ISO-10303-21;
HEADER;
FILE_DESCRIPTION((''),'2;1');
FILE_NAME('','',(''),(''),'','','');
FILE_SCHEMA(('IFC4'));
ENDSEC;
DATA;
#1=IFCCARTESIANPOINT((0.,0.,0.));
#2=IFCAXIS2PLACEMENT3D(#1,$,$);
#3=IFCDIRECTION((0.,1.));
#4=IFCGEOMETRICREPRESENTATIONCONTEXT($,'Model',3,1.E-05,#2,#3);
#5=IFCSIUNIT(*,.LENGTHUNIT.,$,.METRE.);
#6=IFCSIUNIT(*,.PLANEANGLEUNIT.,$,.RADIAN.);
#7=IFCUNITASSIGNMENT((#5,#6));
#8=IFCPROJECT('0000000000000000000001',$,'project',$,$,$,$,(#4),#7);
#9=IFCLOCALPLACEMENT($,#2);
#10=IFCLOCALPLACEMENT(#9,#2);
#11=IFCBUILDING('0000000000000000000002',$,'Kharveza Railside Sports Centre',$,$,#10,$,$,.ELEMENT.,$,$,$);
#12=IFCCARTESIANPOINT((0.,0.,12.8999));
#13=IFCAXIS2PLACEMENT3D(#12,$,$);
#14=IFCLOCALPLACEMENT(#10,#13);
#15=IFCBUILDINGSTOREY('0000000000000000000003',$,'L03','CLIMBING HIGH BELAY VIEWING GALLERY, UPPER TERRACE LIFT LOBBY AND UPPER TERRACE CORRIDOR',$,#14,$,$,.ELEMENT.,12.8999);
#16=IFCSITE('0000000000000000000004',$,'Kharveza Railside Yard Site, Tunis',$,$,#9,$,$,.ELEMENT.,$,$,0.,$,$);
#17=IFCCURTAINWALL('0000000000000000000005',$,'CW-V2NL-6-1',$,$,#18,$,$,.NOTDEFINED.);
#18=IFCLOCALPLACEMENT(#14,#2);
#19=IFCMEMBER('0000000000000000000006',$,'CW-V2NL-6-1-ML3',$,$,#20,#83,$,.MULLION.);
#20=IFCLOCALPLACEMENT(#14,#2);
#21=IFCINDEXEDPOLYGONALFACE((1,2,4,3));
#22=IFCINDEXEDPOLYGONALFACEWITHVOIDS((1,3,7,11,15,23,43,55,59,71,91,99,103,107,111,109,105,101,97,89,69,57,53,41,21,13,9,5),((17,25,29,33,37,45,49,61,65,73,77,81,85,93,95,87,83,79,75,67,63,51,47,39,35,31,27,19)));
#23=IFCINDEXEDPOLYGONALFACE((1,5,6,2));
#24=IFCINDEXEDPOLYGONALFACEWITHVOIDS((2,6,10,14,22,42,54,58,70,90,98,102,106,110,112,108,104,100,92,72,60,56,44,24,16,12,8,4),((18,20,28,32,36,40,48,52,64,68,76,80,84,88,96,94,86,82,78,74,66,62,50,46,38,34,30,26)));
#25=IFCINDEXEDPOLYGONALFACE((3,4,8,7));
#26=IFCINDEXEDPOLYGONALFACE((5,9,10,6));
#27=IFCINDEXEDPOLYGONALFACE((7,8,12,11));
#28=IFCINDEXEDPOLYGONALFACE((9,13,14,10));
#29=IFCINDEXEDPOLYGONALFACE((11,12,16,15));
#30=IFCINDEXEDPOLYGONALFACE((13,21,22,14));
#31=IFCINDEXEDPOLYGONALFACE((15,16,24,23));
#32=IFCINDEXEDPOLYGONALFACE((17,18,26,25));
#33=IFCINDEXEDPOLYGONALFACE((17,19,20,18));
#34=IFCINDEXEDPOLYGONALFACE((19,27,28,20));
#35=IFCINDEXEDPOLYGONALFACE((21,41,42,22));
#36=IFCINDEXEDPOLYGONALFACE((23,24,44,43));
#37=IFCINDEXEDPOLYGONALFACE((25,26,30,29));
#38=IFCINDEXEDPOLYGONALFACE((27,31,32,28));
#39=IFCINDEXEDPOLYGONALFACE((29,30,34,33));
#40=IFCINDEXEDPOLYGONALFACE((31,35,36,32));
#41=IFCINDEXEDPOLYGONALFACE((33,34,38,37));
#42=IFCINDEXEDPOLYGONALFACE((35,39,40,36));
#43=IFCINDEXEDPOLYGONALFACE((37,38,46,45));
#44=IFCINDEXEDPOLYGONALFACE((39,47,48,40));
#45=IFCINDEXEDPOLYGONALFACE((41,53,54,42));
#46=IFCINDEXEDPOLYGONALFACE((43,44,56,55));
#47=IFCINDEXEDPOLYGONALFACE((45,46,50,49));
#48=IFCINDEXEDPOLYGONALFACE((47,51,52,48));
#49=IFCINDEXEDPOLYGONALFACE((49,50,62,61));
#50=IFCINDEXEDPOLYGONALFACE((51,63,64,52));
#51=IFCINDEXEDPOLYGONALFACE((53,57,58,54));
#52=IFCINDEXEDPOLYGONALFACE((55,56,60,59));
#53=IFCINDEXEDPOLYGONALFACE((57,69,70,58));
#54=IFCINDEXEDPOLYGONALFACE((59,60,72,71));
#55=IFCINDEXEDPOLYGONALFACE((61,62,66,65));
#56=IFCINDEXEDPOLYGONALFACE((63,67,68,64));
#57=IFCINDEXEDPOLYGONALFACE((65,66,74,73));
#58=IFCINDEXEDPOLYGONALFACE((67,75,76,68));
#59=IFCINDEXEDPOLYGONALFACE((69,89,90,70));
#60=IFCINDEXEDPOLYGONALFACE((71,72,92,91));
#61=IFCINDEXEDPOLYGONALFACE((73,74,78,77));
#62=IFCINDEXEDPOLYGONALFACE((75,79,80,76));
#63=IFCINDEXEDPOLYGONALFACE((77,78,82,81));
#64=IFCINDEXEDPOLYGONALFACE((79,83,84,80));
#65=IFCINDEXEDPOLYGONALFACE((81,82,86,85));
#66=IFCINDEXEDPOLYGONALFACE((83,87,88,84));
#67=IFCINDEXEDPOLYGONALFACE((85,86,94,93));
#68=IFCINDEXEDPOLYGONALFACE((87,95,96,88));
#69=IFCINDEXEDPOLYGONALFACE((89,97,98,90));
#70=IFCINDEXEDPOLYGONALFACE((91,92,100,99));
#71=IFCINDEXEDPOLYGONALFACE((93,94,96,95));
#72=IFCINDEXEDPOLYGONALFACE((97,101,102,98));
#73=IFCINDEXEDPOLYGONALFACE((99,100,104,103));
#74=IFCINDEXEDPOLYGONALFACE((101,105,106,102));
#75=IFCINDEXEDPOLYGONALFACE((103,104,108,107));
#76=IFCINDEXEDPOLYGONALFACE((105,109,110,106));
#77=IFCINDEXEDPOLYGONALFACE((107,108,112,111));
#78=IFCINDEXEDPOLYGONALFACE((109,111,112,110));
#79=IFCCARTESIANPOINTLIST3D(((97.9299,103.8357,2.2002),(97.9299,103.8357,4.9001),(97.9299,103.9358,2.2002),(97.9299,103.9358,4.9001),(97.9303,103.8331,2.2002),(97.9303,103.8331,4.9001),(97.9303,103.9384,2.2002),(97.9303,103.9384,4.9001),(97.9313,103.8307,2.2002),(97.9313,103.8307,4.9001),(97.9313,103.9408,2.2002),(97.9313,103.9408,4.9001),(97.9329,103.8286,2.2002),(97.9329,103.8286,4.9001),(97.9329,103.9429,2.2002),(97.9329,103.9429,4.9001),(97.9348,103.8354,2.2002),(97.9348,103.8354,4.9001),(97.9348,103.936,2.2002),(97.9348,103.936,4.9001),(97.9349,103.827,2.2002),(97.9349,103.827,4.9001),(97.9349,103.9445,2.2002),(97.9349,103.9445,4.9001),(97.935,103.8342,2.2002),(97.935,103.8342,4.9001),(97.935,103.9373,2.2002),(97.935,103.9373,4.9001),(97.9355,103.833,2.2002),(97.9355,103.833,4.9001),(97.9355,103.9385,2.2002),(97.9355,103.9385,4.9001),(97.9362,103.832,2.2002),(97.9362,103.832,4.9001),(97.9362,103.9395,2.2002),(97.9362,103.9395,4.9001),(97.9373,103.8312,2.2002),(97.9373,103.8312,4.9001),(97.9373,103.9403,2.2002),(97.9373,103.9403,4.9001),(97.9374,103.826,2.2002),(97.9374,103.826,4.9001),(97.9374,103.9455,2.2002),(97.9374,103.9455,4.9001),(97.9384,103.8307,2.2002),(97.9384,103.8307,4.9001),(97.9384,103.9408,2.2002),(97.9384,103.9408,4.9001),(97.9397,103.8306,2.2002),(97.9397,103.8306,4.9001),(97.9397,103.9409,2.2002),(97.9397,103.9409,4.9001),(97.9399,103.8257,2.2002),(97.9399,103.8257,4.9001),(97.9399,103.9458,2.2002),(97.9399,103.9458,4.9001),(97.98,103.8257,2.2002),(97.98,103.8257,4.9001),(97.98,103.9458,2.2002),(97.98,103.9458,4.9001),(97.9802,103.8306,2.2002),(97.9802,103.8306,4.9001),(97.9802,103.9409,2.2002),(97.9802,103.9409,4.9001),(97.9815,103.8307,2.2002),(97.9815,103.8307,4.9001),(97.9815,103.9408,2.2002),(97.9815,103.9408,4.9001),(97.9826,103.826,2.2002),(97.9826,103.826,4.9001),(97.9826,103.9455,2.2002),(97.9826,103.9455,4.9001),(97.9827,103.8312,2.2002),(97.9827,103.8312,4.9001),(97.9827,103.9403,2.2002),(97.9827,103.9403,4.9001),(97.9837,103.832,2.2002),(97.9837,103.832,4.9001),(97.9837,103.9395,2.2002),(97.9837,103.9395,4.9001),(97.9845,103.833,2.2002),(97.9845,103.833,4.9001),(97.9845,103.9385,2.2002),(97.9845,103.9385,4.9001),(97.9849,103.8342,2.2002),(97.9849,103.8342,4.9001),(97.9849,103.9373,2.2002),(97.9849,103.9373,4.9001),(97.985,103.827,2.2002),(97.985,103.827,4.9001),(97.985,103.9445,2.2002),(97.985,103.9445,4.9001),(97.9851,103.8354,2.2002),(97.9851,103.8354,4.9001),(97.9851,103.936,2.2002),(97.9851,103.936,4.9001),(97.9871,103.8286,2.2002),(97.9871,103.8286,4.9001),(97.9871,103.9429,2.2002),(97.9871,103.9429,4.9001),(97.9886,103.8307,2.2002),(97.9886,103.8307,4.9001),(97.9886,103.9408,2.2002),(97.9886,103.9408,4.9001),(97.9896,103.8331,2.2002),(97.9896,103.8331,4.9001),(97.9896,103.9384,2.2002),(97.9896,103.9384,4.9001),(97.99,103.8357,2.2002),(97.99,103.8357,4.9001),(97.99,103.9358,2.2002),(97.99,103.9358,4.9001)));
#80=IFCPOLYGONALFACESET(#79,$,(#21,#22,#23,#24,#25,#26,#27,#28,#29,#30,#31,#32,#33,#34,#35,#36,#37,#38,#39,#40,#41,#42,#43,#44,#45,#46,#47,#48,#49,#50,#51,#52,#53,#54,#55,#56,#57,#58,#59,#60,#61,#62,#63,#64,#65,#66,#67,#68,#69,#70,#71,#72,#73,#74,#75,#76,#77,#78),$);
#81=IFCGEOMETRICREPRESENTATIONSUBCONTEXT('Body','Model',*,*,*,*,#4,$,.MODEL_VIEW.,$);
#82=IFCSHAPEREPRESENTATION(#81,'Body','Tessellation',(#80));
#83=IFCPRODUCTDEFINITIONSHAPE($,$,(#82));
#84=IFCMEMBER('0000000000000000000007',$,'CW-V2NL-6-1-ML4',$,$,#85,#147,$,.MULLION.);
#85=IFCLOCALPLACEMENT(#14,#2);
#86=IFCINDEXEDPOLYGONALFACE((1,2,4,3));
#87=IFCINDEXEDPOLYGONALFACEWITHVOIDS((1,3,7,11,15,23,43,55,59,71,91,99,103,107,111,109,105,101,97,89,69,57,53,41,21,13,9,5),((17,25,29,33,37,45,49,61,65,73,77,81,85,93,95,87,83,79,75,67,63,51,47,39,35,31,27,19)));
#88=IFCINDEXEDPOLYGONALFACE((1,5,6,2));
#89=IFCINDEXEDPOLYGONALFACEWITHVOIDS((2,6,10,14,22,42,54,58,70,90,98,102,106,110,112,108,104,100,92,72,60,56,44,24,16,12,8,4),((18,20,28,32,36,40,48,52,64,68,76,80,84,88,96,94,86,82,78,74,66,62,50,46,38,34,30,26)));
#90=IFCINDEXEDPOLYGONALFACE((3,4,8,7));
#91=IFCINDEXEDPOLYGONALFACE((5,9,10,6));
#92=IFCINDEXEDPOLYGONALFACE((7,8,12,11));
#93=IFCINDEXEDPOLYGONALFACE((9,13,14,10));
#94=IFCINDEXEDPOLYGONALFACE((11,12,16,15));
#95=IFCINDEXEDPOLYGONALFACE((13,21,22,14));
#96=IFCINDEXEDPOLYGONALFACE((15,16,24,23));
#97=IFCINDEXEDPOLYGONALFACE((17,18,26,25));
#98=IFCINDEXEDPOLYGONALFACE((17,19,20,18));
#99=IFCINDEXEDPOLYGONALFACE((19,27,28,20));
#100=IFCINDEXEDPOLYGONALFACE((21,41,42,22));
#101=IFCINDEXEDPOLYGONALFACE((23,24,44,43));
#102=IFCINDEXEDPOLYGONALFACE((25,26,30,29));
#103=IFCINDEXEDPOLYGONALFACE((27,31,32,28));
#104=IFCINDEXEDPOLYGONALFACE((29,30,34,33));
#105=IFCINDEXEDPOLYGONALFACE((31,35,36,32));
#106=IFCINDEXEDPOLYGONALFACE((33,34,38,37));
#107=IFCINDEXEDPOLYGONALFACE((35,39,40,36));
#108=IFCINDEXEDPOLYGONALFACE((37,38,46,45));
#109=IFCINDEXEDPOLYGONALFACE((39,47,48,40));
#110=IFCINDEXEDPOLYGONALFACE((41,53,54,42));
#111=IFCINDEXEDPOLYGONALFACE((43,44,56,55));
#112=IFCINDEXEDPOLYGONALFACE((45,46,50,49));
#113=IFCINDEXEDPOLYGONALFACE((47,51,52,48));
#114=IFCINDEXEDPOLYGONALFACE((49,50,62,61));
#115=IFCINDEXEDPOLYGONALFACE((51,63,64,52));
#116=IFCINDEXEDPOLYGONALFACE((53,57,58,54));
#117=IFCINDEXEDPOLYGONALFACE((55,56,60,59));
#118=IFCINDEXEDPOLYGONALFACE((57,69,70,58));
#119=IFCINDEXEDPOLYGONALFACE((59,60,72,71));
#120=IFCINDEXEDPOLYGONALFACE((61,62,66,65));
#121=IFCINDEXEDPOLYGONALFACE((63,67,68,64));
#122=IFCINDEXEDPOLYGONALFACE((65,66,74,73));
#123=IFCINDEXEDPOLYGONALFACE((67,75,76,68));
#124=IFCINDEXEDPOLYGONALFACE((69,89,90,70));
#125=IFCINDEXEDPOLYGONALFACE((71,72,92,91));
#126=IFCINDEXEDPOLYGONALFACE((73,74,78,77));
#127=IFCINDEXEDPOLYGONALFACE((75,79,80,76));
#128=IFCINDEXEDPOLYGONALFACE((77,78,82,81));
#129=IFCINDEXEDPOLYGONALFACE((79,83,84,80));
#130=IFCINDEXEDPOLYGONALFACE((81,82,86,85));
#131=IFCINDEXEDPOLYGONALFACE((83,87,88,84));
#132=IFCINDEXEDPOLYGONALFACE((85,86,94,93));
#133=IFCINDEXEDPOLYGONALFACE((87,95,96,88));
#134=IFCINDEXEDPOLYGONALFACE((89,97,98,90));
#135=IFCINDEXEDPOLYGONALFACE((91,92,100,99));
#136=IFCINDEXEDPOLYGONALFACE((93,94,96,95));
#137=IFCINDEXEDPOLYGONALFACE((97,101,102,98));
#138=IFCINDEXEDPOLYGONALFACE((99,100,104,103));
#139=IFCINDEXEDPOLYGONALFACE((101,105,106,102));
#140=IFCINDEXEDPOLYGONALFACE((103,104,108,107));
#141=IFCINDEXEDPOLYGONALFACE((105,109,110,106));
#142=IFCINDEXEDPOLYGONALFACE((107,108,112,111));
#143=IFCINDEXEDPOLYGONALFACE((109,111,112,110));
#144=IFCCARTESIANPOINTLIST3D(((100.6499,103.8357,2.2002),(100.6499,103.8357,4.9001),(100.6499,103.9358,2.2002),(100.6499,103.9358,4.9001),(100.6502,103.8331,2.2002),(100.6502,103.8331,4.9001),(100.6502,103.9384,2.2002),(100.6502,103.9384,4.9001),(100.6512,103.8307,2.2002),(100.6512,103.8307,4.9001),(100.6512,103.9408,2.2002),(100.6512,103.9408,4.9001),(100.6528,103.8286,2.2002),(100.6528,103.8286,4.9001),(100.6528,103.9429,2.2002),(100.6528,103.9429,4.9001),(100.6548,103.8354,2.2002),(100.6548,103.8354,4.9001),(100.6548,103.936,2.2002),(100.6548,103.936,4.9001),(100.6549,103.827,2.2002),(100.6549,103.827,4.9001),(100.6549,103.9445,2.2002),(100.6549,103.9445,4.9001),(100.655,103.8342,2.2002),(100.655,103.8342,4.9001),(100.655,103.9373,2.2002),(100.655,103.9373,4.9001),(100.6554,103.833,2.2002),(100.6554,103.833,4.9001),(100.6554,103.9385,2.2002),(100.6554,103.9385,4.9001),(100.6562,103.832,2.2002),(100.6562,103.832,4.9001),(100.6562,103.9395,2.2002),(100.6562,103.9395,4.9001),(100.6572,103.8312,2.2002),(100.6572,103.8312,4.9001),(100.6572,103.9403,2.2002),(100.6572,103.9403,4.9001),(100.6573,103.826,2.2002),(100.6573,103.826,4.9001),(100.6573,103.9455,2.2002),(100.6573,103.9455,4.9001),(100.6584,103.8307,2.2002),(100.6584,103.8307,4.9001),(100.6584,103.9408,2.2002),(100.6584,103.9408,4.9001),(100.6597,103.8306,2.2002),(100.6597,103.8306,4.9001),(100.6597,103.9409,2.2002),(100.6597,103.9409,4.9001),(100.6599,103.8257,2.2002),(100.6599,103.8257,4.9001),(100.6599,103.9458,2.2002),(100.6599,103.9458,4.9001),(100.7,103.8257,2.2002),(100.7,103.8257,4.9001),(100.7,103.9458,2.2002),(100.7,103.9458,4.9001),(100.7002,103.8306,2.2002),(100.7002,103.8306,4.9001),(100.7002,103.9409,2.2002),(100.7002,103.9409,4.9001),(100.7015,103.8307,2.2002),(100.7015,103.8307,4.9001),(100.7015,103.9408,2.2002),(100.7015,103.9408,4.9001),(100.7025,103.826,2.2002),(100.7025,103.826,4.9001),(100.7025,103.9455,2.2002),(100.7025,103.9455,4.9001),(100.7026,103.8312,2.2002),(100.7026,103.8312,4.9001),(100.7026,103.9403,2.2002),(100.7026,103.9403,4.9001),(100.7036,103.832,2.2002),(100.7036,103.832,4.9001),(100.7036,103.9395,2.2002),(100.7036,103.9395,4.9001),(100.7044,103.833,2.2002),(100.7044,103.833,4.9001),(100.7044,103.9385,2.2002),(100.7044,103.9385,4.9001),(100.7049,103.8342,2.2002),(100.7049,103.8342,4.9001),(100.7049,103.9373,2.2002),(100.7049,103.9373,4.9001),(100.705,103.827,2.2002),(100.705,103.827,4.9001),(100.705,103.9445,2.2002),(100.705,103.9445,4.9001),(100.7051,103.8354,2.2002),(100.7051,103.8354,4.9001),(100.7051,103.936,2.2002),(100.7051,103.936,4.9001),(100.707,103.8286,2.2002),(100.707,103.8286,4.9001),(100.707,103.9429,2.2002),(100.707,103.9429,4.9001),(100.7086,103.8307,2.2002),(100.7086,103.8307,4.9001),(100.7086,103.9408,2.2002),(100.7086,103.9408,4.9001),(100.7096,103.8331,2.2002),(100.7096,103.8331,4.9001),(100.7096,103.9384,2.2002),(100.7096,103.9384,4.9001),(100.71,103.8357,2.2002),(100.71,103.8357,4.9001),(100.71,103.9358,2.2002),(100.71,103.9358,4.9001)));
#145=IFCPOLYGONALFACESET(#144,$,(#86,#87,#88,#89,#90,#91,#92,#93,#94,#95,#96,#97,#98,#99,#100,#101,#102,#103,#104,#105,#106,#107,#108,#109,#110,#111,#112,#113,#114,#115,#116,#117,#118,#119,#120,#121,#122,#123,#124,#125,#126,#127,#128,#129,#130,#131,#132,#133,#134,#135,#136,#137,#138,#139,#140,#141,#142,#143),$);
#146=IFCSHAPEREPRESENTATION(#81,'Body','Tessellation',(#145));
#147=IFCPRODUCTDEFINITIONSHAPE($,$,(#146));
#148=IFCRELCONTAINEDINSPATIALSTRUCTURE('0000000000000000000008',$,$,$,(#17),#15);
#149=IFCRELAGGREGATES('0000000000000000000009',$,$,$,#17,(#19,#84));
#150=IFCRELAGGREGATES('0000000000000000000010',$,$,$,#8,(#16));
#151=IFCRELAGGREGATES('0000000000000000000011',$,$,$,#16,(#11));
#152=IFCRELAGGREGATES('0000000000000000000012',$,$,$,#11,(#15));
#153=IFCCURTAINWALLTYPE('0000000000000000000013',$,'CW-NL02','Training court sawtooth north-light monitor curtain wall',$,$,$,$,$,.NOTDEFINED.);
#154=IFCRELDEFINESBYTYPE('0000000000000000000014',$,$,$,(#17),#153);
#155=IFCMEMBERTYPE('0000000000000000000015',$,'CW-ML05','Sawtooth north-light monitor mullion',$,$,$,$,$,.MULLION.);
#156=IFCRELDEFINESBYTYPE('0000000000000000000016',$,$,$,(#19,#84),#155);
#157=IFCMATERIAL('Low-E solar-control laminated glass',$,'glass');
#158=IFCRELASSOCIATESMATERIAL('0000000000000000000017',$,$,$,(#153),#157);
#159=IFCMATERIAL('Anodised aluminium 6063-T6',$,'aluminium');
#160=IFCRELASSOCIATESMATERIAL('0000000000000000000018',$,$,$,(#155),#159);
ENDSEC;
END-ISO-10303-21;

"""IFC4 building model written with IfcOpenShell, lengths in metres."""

from ifc_helpers import new_model, si_unit, direction, frame, origin, origin_2d, place, context, subcontext, project, spatial, hollow_rectangle, extrude, material, material_profile, profile_set, type_object, element, aggregate, save


model = new_model("IFC4")

# Units and contexts
model_context = context("Model", 3, precision=1e-05, world=origin(), true_north=direction((0.0, 1.0)))
body_context = subcontext(model_context, "Body", "Model", "MODEL_VIEW")
ifc_project = project(units=[si_unit("LENGTHUNIT", "METRE"), si_unit("PLANEANGLEUNIT", "RADIAN")], contexts=[model_context])

# Site, building, storey
site_placement = place(None, origin())
site = spatial("IfcSite", under=ifc_project, at=site_placement, Name="Kharveza Railside Yard Site, Tunis", CompositionType="ELEMENT", RefElevation=0.0)
building_placement = place(site_placement, origin())
building = spatial("IfcBuilding", under=site, at=building_placement, Name="Kharveza Railside Sports Centre", CompositionType="ELEMENT")
storey_placement = place(building_placement, frame((0.0, 0.0, 12.8999)))
storey = spatial("IfcBuildingStorey", under=building, at=storey_placement, Name="L03", Description="CLIMBING HIGH BELAY VIEWING GALLERY, UPPER TERRACE LIFT LOBBY AND UPPER TERRACE CORRIDOR", CompositionType="ELEMENT", Elevation=12.8999)

# Curtain wall, members
ifc_material_1 = material(Name="Low-E solar-control laminated glass", Category="glass")
curtain_wall_type = type_object("IfcCurtainWallType", Name="CW-NL02", Description="Training court sawtooth north-light monitor curtain wall", PredefinedType="NOTDEFINED", material=ifc_material_1)
curtain_wall_1_placement = place(storey_placement, origin())
curtain_wall_1 = element("IfcCurtainWall", 1, at=curtain_wall_1_placement, inside=storey, type_object=curtain_wall_type, Name="CW-V2NL-6-1", PredefinedType="NOTDEFINED")
ifc_material_2 = material(Name="Anodised aluminium 6063-T6", Category="aluminium")
ifc_material_profile_1 = material_profile(ifc_material_2, hollow_rectangle(XDim=0.0601, YDim=0.1201, WallThickness=0.0049, InnerFilletRadius=0.0049, OuterFilletRadius=0.01, at=origin_2d()), Name="RHS 60x120x5.0")
ifc_profile_set_1 = profile_set([ifc_material_profile_1], Name="Anodised aluminium 6063-T6")
member_type_1 = type_object("IfcMemberType", Name="CW-ML05", Description="Sawtooth north-light monitor mullion", PredefinedType="MULLION", material=ifc_profile_set_1)
member_1_placement = place(storey_placement, frame((97.96, 103.8857, 2.2002), z_axis=(0.0, 0.0, 1.0), x_axis=(1.0, 0.0, 0.0)))
member_1 = element("IfcMember", 2, at=member_1_placement, type_object=member_type_1, Name="CW-V2NL-6-1-ML3", PredefinedType="MULLION", context=body_context, shape_type="SweptSolid", body=[
    extrude(hollow_rectangle(XDim=0.0601, YDim=0.1201, WallThickness=0.0049, InnerFilletRadius=0.0049, OuterFilletRadius=0.01, at=origin_2d()), origin(), (0.0, 0.0, 1.0), 2.7),
])
member_2_placement = place(storey_placement, frame((100.6799, 103.8857, 2.2002), z_axis=(0.0, 0.0, 1.0), x_axis=(1.0, 0.0, 0.0)))
member_2 = element("IfcMember", 3, at=member_2_placement, type_object=member_type_1, Name="CW-V2NL-6-1-ML4", PredefinedType="MULLION", context=body_context, shape_type="SweptSolid", body=[
    extrude(hollow_rectangle(XDim=0.0601, YDim=0.1201, WallThickness=0.0049, InnerFilletRadius=0.0049, OuterFilletRadius=0.01, at=origin_2d()), origin(), (0.0, 0.0, 1.0), 2.7),
])

aggregate(curtain_wall_1, [member_1, member_2])

save(model, "model.ifc")
